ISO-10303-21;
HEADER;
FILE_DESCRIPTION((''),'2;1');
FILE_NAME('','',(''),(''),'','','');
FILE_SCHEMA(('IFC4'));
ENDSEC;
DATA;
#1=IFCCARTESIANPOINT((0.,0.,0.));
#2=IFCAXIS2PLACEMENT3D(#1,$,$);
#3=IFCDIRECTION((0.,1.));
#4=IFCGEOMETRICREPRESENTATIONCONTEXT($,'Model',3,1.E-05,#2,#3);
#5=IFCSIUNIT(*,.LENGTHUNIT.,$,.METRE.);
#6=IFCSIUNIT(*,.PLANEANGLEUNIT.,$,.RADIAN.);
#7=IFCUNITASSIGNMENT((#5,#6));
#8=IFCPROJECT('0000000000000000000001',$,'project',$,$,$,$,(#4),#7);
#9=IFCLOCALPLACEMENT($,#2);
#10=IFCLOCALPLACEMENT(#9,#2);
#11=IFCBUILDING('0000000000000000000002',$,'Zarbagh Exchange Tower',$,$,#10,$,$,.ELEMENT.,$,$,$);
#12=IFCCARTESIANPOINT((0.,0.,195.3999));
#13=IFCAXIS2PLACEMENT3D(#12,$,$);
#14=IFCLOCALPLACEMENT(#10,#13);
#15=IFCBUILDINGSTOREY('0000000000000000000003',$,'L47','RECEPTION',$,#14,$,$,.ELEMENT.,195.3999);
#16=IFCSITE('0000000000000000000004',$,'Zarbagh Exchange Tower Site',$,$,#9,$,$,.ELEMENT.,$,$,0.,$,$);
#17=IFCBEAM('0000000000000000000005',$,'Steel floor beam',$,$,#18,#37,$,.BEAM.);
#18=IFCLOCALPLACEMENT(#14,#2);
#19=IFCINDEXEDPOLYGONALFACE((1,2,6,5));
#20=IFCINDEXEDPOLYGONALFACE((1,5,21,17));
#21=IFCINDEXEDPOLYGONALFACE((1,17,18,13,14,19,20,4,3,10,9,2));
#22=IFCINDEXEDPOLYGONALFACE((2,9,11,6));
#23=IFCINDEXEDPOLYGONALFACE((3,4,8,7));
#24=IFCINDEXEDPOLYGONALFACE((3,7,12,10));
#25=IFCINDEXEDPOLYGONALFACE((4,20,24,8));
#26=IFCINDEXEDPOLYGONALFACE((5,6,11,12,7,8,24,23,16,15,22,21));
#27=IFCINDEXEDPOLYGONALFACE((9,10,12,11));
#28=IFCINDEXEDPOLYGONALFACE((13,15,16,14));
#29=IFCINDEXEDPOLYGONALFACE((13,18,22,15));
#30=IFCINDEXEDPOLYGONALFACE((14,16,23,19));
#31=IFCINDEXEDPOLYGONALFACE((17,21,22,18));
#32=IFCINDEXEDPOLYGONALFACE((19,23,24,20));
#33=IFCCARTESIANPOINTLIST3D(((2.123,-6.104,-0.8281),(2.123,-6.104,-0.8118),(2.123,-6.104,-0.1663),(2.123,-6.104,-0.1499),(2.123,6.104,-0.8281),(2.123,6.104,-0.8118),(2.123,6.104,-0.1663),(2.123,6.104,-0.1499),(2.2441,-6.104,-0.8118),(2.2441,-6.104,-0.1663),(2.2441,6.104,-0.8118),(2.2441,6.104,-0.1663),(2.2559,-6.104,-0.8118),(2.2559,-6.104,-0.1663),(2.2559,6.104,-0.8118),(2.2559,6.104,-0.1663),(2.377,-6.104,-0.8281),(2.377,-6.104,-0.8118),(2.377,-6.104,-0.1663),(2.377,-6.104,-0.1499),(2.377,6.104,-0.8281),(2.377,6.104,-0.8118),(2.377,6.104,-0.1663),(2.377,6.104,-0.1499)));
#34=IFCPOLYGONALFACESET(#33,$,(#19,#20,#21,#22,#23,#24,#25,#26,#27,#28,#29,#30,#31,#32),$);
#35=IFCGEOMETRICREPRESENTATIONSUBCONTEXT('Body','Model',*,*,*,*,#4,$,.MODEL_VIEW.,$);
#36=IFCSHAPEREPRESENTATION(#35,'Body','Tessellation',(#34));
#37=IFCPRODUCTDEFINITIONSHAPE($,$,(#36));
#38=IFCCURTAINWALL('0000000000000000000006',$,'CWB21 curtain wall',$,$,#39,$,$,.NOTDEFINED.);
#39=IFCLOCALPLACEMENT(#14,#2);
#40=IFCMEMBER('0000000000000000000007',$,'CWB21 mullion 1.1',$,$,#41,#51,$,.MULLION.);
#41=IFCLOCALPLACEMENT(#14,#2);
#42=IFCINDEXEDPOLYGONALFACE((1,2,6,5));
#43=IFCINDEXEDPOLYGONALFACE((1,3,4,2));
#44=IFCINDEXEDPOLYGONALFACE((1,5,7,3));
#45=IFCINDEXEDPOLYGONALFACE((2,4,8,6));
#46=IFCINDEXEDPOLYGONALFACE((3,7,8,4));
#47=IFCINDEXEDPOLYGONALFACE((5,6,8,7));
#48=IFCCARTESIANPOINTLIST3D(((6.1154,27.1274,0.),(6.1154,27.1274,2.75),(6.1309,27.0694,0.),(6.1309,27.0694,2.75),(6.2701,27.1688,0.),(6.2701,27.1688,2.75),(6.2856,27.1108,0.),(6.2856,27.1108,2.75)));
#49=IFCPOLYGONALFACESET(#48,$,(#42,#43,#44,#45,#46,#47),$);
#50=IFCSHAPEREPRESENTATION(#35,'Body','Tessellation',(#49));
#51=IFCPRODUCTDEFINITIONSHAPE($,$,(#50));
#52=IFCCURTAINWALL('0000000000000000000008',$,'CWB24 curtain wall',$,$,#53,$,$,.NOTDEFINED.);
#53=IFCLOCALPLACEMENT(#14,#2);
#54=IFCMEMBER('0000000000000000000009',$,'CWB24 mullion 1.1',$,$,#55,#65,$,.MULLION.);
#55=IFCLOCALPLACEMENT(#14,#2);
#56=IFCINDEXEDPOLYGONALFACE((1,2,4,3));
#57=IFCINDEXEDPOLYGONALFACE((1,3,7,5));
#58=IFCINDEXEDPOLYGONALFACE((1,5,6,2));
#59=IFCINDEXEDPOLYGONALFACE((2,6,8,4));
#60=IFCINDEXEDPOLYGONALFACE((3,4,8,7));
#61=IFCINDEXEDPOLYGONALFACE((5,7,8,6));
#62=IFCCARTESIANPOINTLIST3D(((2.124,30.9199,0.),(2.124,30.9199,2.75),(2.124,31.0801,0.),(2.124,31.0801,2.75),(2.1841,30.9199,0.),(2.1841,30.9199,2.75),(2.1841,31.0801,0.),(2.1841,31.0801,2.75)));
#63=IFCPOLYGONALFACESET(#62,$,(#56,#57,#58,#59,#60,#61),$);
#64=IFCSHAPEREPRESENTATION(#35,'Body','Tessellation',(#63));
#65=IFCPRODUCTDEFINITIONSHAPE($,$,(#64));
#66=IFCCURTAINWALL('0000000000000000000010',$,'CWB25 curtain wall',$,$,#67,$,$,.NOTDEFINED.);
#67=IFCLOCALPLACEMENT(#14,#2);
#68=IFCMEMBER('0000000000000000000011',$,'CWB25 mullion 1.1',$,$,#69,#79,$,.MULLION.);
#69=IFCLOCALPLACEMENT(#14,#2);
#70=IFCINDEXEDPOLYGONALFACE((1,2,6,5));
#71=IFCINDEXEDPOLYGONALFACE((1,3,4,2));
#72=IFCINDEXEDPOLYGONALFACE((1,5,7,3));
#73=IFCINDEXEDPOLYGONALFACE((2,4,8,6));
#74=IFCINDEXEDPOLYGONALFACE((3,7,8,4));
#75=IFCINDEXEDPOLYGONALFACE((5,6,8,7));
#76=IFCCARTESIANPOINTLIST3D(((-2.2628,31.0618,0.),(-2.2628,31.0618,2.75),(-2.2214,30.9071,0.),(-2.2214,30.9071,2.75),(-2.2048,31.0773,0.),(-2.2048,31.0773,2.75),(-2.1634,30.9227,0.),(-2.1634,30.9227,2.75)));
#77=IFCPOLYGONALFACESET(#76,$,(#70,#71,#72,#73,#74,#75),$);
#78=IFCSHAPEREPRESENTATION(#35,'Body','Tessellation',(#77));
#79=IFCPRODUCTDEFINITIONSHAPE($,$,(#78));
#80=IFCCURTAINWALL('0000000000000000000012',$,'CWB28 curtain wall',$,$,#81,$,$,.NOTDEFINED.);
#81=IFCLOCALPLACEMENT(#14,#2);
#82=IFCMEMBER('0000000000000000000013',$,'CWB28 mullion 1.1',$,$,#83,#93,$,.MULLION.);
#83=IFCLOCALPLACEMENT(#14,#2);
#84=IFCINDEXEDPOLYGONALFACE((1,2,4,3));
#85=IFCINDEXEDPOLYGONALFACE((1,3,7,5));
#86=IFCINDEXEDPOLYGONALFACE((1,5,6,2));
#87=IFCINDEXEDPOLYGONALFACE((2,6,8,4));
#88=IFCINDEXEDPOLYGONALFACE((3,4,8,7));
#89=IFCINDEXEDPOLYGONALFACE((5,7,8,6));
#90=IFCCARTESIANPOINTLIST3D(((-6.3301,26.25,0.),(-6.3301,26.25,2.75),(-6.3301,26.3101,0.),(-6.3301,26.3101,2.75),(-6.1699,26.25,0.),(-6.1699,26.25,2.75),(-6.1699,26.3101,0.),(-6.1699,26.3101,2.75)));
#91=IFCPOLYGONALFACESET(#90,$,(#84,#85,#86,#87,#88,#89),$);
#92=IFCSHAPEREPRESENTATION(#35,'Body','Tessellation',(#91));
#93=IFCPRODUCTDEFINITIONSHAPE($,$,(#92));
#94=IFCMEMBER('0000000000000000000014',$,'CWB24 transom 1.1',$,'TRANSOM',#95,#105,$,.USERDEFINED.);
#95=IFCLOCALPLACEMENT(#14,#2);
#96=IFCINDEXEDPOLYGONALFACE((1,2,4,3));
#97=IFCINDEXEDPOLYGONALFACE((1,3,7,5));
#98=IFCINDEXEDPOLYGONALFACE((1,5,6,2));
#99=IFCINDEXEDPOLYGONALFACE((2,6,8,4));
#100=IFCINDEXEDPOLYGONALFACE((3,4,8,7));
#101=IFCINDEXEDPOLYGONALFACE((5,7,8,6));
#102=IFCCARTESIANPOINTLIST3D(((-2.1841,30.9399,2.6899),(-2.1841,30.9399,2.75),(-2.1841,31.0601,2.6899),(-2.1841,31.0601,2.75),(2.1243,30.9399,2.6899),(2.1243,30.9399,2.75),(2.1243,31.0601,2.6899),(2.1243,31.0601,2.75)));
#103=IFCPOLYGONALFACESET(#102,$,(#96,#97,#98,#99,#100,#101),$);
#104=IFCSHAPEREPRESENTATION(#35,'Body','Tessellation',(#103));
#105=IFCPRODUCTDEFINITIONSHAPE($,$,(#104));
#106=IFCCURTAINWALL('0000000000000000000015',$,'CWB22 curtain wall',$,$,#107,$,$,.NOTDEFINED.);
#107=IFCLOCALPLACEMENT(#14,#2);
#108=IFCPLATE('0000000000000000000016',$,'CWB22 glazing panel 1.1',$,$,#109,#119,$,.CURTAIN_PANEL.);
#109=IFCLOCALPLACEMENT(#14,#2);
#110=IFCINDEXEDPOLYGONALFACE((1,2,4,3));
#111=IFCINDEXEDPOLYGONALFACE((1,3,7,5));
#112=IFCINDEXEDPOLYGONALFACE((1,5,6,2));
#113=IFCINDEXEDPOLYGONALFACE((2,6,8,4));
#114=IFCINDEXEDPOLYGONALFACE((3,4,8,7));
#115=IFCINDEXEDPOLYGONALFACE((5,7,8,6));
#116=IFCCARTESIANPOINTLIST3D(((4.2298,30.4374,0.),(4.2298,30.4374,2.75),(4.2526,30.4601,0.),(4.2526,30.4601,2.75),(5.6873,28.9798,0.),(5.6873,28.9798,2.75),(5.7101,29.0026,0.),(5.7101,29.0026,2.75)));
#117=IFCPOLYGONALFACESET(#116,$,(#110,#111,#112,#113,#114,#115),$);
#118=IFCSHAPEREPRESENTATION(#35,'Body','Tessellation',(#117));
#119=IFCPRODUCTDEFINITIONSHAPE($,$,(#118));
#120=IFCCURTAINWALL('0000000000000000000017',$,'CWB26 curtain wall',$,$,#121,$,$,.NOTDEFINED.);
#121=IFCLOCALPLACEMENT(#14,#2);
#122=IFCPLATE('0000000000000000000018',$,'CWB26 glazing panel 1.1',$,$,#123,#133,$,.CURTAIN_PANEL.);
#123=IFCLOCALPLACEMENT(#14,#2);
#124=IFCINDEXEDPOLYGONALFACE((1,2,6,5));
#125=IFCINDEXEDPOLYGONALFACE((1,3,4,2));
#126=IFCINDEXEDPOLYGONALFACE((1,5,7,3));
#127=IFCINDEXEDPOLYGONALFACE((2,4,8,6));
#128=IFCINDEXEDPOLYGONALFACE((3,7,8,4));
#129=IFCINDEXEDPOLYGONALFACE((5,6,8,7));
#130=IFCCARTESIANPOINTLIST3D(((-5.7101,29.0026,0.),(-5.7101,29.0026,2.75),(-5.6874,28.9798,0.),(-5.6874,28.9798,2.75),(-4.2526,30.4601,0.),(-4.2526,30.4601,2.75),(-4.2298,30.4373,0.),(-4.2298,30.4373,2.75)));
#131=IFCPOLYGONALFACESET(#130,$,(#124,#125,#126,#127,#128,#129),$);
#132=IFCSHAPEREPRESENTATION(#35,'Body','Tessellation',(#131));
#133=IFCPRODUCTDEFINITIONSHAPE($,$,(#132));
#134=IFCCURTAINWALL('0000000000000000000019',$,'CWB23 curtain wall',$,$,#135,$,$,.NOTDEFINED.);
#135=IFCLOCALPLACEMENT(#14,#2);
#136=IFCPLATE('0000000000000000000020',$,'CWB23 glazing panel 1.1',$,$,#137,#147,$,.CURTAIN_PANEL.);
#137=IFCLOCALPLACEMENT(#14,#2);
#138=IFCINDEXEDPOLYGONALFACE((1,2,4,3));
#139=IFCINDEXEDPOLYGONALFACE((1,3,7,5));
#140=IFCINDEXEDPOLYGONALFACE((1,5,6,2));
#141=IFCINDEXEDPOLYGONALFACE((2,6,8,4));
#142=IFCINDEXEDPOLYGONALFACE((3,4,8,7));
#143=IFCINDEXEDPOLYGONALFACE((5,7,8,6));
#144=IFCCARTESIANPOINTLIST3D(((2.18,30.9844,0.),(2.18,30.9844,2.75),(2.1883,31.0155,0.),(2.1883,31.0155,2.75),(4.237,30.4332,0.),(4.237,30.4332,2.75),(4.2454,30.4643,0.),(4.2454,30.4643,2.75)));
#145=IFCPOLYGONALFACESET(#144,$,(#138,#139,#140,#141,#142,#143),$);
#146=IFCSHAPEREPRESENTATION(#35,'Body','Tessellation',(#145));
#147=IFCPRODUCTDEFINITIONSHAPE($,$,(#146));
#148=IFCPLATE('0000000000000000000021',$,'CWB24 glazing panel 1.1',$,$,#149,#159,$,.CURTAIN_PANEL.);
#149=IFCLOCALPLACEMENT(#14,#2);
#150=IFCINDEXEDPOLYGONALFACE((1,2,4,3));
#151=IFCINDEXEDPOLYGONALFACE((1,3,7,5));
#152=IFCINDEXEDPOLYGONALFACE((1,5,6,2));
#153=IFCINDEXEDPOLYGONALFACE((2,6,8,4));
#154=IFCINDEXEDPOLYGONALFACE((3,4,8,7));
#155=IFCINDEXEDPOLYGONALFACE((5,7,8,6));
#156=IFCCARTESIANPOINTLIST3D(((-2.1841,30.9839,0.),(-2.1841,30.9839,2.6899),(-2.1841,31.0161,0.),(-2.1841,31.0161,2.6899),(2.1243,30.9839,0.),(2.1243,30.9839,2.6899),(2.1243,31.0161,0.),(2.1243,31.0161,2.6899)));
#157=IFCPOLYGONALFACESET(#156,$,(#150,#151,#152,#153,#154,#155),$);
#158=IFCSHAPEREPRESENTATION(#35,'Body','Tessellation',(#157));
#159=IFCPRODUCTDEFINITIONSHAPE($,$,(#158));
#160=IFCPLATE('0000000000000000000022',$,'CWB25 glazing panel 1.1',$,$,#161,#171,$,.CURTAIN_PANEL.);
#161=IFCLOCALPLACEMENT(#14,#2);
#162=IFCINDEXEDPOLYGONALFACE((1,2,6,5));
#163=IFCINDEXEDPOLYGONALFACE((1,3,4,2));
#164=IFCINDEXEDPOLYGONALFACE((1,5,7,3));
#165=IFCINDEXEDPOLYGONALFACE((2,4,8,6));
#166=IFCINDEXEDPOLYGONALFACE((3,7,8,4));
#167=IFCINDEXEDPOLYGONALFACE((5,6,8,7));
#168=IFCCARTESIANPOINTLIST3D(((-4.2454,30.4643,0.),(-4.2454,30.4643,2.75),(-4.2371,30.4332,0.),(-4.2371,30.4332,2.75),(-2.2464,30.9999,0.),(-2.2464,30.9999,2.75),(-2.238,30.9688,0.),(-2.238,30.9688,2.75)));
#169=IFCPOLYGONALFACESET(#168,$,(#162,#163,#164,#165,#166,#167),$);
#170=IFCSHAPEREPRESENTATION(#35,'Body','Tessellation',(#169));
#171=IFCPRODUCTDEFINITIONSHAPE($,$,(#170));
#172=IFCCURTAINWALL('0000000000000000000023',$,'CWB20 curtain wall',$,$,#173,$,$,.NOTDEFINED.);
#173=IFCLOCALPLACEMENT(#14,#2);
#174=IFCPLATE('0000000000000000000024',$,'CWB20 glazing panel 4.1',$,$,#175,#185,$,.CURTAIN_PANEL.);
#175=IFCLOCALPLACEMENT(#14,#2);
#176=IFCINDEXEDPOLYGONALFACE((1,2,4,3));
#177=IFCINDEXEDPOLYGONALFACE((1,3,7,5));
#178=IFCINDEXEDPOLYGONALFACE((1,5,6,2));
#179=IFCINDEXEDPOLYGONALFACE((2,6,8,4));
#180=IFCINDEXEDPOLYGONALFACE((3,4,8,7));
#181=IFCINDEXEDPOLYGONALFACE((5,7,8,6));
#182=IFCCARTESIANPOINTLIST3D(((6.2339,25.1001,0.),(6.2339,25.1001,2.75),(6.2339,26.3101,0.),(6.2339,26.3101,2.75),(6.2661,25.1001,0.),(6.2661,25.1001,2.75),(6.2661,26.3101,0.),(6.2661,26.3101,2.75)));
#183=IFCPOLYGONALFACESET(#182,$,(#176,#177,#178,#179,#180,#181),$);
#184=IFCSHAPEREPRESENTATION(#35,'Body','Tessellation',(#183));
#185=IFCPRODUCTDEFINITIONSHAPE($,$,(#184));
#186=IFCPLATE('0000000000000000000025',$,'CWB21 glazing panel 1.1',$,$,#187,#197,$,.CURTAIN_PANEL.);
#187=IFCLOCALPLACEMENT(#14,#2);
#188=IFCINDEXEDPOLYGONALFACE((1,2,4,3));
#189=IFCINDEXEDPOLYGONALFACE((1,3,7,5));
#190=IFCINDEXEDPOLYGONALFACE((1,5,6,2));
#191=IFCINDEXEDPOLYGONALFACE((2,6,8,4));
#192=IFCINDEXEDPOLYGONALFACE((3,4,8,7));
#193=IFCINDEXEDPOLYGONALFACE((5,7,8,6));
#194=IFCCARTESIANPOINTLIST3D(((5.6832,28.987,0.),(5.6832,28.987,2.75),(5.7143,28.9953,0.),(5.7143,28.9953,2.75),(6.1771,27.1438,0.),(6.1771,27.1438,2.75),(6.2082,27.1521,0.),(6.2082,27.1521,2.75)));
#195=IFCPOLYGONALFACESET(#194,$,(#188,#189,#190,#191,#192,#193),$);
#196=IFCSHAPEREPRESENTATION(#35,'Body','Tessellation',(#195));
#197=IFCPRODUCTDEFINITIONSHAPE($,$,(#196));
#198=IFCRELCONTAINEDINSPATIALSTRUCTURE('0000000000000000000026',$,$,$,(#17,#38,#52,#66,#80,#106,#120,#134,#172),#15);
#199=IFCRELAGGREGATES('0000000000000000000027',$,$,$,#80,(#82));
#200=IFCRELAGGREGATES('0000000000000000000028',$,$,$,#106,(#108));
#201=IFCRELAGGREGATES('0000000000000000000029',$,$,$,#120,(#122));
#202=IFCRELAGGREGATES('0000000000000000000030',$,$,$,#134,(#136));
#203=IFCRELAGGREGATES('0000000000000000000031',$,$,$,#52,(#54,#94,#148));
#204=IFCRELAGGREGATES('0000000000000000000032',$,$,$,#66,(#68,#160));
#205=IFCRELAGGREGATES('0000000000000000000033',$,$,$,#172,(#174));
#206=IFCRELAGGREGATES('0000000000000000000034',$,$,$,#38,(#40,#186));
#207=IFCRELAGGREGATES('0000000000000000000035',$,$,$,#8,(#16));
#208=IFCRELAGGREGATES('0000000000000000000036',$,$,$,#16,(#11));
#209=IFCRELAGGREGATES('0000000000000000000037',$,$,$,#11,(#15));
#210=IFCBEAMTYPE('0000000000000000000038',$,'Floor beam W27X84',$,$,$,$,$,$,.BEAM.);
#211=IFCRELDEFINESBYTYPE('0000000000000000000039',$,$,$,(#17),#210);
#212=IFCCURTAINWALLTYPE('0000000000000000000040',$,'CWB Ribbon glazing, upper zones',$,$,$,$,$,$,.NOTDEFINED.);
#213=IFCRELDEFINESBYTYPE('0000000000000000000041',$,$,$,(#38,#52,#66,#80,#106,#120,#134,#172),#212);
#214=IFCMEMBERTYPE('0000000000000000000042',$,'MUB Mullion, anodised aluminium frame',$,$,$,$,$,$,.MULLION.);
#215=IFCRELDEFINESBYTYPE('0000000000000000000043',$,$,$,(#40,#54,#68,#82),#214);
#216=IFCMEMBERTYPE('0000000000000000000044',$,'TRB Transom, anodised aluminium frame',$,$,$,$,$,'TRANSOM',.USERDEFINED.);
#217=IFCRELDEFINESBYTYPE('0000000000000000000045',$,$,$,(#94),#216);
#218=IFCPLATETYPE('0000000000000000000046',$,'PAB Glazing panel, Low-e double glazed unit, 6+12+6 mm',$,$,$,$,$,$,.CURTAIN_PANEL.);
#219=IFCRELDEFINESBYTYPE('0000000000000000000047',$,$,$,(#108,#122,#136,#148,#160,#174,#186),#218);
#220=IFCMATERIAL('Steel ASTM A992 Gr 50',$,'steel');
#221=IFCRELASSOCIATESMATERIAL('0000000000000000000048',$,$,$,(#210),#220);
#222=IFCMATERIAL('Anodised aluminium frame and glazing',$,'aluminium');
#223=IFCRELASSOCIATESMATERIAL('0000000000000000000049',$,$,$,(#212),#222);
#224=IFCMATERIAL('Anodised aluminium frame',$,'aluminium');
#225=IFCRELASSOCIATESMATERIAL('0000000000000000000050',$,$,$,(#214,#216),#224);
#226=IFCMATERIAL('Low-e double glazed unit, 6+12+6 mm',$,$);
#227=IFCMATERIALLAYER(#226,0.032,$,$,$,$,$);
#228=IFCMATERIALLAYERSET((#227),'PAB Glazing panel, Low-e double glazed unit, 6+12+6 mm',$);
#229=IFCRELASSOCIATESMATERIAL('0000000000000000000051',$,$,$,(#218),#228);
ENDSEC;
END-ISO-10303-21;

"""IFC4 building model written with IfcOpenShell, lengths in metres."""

from ifc_helpers import new_model, si_unit, direction, frame, origin, origin_2d, place, context, subcontext, project, spatial, polyline, i_section, outline, extrude, source, transform, mapped, material, layer, layer_set, material_profile, profile_set, type_object, element, aggregate, save


model = new_model("IFC4")

# Units and contexts
model_context = context("Model", 3, precision=1e-05, world=origin(), true_north=direction((0.0, 1.0)))
body_context = subcontext(model_context, "Body", "Model", "MODEL_VIEW")
ifc_project = project(units=[si_unit("LENGTHUNIT", "METRE"), si_unit("PLANEANGLEUNIT", "RADIAN")], contexts=[model_context])

# Site, building, storey
site_placement = place(None, origin())
site = spatial("IfcSite", under=ifc_project, at=site_placement, Name="Zarbagh Exchange Tower Site", CompositionType="ELEMENT", RefElevation=0.0)
building_placement = place(site_placement, origin())
building = spatial("IfcBuilding", under=site, at=building_placement, Name="Zarbagh Exchange Tower", CompositionType="ELEMENT")
storey_placement = place(building_placement, frame((0.0, 0.0, 195.3999)))
storey = spatial("IfcBuildingStorey", under=building, at=storey_placement, Name="L47", Description="RECEPTION", CompositionType="ELEMENT", Elevation=195.3999)

# Beam
ifc_material_1 = material(Name="Steel ASTM A992 Gr 50", Category="steel")
ifc_material_profile = material_profile(ifc_material_1, i_section(OverallWidth=0.2539, OverallDepth=0.6782, WebThickness=0.0117, FlangeThickness=0.0164, at=origin_2d()), Name="W27X84")
ifc_profile_set = profile_set([ifc_material_profile], Name="Steel ASTM A992 Gr 50")
beam_type = type_object("IfcBeamType", Name="Floor beam W27X84", PredefinedType="BEAM", material=ifc_profile_set)
beam_placement = place(storey_placement, frame((2.25, -6.104, -0.489), z_axis=(0.0, 1.0, 0.0), x_axis=(-1.0, 0.0, 0.0)))
element("IfcBeam", 1, at=beam_placement, inside=storey, type_object=beam_type, Name="Steel floor beam", PredefinedType="BEAM", context=body_context, shape_type="SweptSolid", body=[
    extrude(i_section(OverallWidth=0.2539, OverallDepth=0.6782, WebThickness=0.0117, FlangeThickness=0.0164, at=origin_2d()), origin(), (0.0, 0.0, 1.0), 12.208),
])

# Curtain walls, members
ifc_material_2 = material(Name="Anodised aluminium frame and glazing", Category="aluminium")
curtain_wall_type = type_object("IfcCurtainWallType", Name="CWB Ribbon glazing, upper zones", PredefinedType="NOTDEFINED", material=ifc_material_2)
curtain_wall_1_placement = place(storey_placement, origin())
curtain_wall_1 = element("IfcCurtainWall", 2, at=curtain_wall_1_placement, inside=storey, type_object=curtain_wall_type, Name="CWB21 curtain wall", PredefinedType="NOTDEFINED")
ifc_material_3 = material(Name="Anodised aluminium frame", Category="aluminium")
member_type_1 = type_object("IfcMemberType", Name="MUB Mullion, anodised aluminium frame", PredefinedType="MULLION", material=ifc_material_3)
shared_shape_1 = source(origin(), body_context, "Body", "SweptSolid", [
    extrude(outline(polyline([(0.0, -0.0801), (0.0601, -0.0801), (0.0601, 0.0801), (0.0, 0.0801), (0.0, -0.0801)])), origin(), (0.0, 0.0, 1.0), 2.75),
])
placement = place(storey_placement, origin())
member_1 = element("IfcMember", 3, at=placement, type_object=member_type_1, Name="CWB21 mullion 1.1", PredefinedType="MULLION", context=body_context, shape_type="MappedRepresentation", body=[
    mapped(shared_shape_1, transform((6.2083, 27.0901, 0.0), x_axis=(-0.258825, 0.965924, 0.0), y_axis=(-0.965924, -0.258825, 0.0), z_axis=(0.0, 0.0, 1.0))),
])
curtain_wall_2_placement = place(storey_placement, origin())
curtain_wall_2 = element("IfcCurtainWall", 4, at=curtain_wall_2_placement, inside=storey, type_object=curtain_wall_type, Name="CWB24 curtain wall", PredefinedType="NOTDEFINED")
member_2 = element("IfcMember", 5, at=placement, type_object=member_type_1, Name="CWB24 mullion 1.1", PredefinedType="MULLION", context=body_context, shape_type="MappedRepresentation", body=[
    mapped(shared_shape_1, transform((2.1841, 31.0, 0.0), x_axis=(-1.0, 0.0, 0.0), y_axis=(0.0, -1.0, 0.0), z_axis=(0.0, 0.0, 1.0))),
])
curtain_wall_3_placement = place(storey_placement, origin())
curtain_wall_3 = element("IfcCurtainWall", 6, at=curtain_wall_3_placement, inside=storey, type_object=curtain_wall_type, Name="CWB25 curtain wall", PredefinedType="NOTDEFINED")
member_3 = element("IfcMember", 7, at=placement, type_object=member_type_1, Name="CWB25 mullion 1.1", PredefinedType="MULLION", context=body_context, shape_type="MappedRepresentation", body=[
    mapped(shared_shape_1, transform((-2.1841, 31.0, 0.0), x_axis=(-0.965924, -0.258825, 0.0), y_axis=(0.258825, -0.965924, 0.0), z_axis=(0.0, 0.0, 1.0))),
])
curtain_wall_4_placement = place(storey_placement, origin())
curtain_wall_4 = element("IfcCurtainWall", 8, at=curtain_wall_4_placement, inside=storey, type_object=curtain_wall_type, Name="CWB28 curtain wall", PredefinedType="NOTDEFINED")
member_4 = element("IfcMember", 9, at=placement, type_object=member_type_1, Name="CWB28 mullion 1.1", PredefinedType="MULLION", context=body_context, shape_type="MappedRepresentation", body=[
    mapped(shared_shape_1, transform((-6.25, 26.3101, 0.0), x_axis=(0.0, -1.0, 0.0), y_axis=(1.0, 0.0, 0.0), z_axis=(0.0, 0.0, 1.0))),
])
aggregate(curtain_wall_4, [member_4])

# Member
member_type_2 = type_object("IfcMemberType", Name="TRB Transom, anodised aluminium frame", ElementType="TRANSOM", PredefinedType="USERDEFINED", material=ifc_material_3)
shared_shape_2 = source(origin(), body_context, "Body", "SweptSolid", [
    extrude(outline(polyline([(-0.0601, -0.0601), (0.0, -0.0601), (0.0, 0.0601), (-0.0601, 0.0601), (-0.0601, -0.0601)])), origin(), (0.0, 0.0, 1.0), 4.3083),
])
member_5 = element("IfcMember", 10, at=placement, type_object=member_type_2, Name="CWB24 transom 1.1", ObjectType="TRANSOM", PredefinedType="USERDEFINED", context=body_context, shape_type="MappedRepresentation", body=[
    mapped(shared_shape_2, transform((2.1243, 31.0, 2.75), x_axis=(0.0, 0.0, 1.0), y_axis=(0.0, 1.0, 0.0), z_axis=(-1.0, 0.0, 0.0))),
])

# Curtain walls, plates
curtain_wall_5_placement = place(storey_placement, origin())
curtain_wall_5 = element("IfcCurtainWall", 11, at=curtain_wall_5_placement, inside=storey, type_object=curtain_wall_type, Name="CWB22 curtain wall", PredefinedType="NOTDEFINED")
ifc_material_4 = material(Name="Low-e double glazed unit, 6+12+6 mm")
ifc_layer_1 = layer(ifc_material_4, 0.032)
ifc_layer_set_1 = layer_set([ifc_layer_1], Name="PAB Glazing panel, Low-e double glazed unit, 6+12+6 mm")
plate_type = type_object("IfcPlateType", Name="PAB Glazing panel, Low-e double glazed unit, 6+12+6 mm", PredefinedType="CURTAIN_PANEL", material=ifc_layer_set_1)
shared_shape_3 = source(origin(), body_context, "Body", "SweptSolid", [
    extrude(outline(polyline([(0.0, -0.0161), (2.0613, -0.0161), (2.0613, 0.0161), (0.0, 0.0161), (0.0, -0.0161)])), origin(), (0.0, 0.0, 1.0), 2.75),
])
plate_1 = element("IfcPlate", 12, at=placement, type_object=plate_type, Name="CWB22 glazing panel 1.1", PredefinedType="CURTAIN_PANEL", context=body_context, shape_type="MappedRepresentation", body=[
    mapped(shared_shape_3, transform((5.6987, 28.9912, 0.0), x_axis=(-0.707107, 0.707107, 0.0), y_axis=(-0.707107, -0.707107, 0.0), z_axis=(0.0, 0.0, 1.0))),
])
aggregate(curtain_wall_5, [plate_1])
curtain_wall_6_placement = place(storey_placement, origin())
curtain_wall_6 = element("IfcCurtainWall", 13, at=curtain_wall_6_placement, inside=storey, type_object=curtain_wall_type, Name="CWB26 curtain wall", PredefinedType="NOTDEFINED")
plate_2 = element("IfcPlate", 14, at=placement, type_object=plate_type, Name="CWB26 glazing panel 1.1", PredefinedType="CURTAIN_PANEL", context=body_context, shape_type="MappedRepresentation", body=[
    mapped(shared_shape_3, transform((-4.2412, 30.4487, 0.0), x_axis=(-0.707107, -0.707107, 0.0), y_axis=(0.707107, -0.707107, 0.0), z_axis=(0.0, 0.0, 1.0))),
])
aggregate(curtain_wall_6, [plate_2])
curtain_wall_7_placement = place(storey_placement, origin())
curtain_wall_7 = element("IfcCurtainWall", 15, at=curtain_wall_7_placement, inside=storey, type_object=curtain_wall_type, Name="CWB23 curtain wall", PredefinedType="NOTDEFINED")
shared_shape_4 = source(origin(), body_context, "Body", "SweptSolid", [
    extrude(outline(polyline([(0.0, -0.0161), (2.1296, -0.0161), (2.1296, 0.0161), (0.0, 0.0161), (0.0, -0.0161)])), origin(), (0.0, 0.0, 1.0), 2.75),
])
plate_3 = element("IfcPlate", 16, at=placement, type_object=plate_type, Name="CWB23 glazing panel 1.1", PredefinedType="CURTAIN_PANEL", context=body_context, shape_type="MappedRepresentation", body=[
    mapped(shared_shape_4, transform((4.2412, 30.4487, 0.0), x_axis=(-0.965924, 0.258825, 0.0), y_axis=(-0.258825, -0.965924, 0.0), z_axis=(0.0, 0.0, 1.0))),
])
aggregate(curtain_wall_7, [plate_3])

# Plates
shared_shape_5 = source(origin(), body_context, "Body", "SweptSolid", [
    extrude(outline(polyline([(0.0, -0.0161), (4.3083, -0.0161), (4.3083, 0.0161), (0.0, 0.0161), (0.0, -0.0161)])), origin(), (0.0, 0.0, 1.0), 2.6899),
])
plate_4 = element("IfcPlate", 17, at=placement, type_object=plate_type, Name="CWB24 glazing panel 1.1", PredefinedType="CURTAIN_PANEL", context=body_context, shape_type="MappedRepresentation", body=[
    mapped(shared_shape_5, transform((2.1243, 31.0, 0.0), x_axis=(-1.0, 0.0, 0.0), y_axis=(0.0, -1.0, 0.0), z_axis=(0.0, 0.0, 1.0))),
])
aggregate(curtain_wall_2, [member_2, member_5, plate_4])
shared_shape_6 = source(origin(), body_context, "Body", "SweptSolid", [
    extrude(outline(polyline([(0.0, -0.0161), (2.0696, -0.0161), (2.0696, 0.0161), (0.0, 0.0161), (0.0, -0.0161)])), origin(), (0.0, 0.0, 1.0), 2.75),
])
plate_5 = element("IfcPlate", 18, at=placement, type_object=plate_type, Name="CWB25 glazing panel 1.1", PredefinedType="CURTAIN_PANEL", context=body_context, shape_type="MappedRepresentation", body=[
    mapped(shared_shape_6, transform((-2.2422, 30.9844, 0.0), x_axis=(-0.965924, -0.258825, 0.0), y_axis=(0.258825, -0.965924, 0.0), z_axis=(0.0, 0.0, 1.0))),
])
aggregate(curtain_wall_3, [member_3, plate_5])

# Curtain wall, plate
curtain_wall_8_placement = place(storey_placement, origin())
curtain_wall_8 = element("IfcCurtainWall", 19, at=curtain_wall_8_placement, inside=storey, type_object=curtain_wall_type, Name="CWB20 curtain wall", PredefinedType="NOTDEFINED")
shared_shape_7 = source(origin(), body_context, "Body", "SweptSolid", [
    extrude(outline(polyline([(0.0, -0.0161), (1.21, -0.0161), (1.21, 0.0161), (0.0, 0.0161), (0.0, -0.0161)])), origin(), (0.0, 0.0, 1.0), 2.75),
])
plate_6 = element("IfcPlate", 20, at=placement, type_object=plate_type, Name="CWB20 glazing panel 4.1", PredefinedType="CURTAIN_PANEL", context=body_context, shape_type="MappedRepresentation", body=[
    mapped(shared_shape_7, transform((6.25, 25.1001, 0.0), x_axis=(0.0, 1.0, 0.0), y_axis=(-1.0, 0.0, 0.0), z_axis=(0.0, 0.0, 1.0))),
])
aggregate(curtain_wall_8, [plate_6])

# Plate
shared_shape_8 = source(origin(), body_context, "Body", "SweptSolid", [
    extrude(outline(polyline([(0.0, -0.0161), (1.9082, -0.0161), (1.9082, 0.0161), (0.0, 0.0161), (0.0, -0.0161)])), origin(), (0.0, 0.0, 1.0), 2.75),
])
plate_7 = element("IfcPlate", 21, at=placement, type_object=plate_type, Name="CWB21 glazing panel 1.1", PredefinedType="CURTAIN_PANEL", context=body_context, shape_type="MappedRepresentation", body=[
    mapped(shared_shape_8, transform((6.1926, 27.1479, 0.0), x_axis=(-0.258825, 0.965924, 0.0), y_axis=(-0.965924, -0.258825, 0.0), z_axis=(0.0, 0.0, 1.0))),
])
aggregate(curtain_wall_1, [member_1, plate_7])

save(model, "model.ifc")
